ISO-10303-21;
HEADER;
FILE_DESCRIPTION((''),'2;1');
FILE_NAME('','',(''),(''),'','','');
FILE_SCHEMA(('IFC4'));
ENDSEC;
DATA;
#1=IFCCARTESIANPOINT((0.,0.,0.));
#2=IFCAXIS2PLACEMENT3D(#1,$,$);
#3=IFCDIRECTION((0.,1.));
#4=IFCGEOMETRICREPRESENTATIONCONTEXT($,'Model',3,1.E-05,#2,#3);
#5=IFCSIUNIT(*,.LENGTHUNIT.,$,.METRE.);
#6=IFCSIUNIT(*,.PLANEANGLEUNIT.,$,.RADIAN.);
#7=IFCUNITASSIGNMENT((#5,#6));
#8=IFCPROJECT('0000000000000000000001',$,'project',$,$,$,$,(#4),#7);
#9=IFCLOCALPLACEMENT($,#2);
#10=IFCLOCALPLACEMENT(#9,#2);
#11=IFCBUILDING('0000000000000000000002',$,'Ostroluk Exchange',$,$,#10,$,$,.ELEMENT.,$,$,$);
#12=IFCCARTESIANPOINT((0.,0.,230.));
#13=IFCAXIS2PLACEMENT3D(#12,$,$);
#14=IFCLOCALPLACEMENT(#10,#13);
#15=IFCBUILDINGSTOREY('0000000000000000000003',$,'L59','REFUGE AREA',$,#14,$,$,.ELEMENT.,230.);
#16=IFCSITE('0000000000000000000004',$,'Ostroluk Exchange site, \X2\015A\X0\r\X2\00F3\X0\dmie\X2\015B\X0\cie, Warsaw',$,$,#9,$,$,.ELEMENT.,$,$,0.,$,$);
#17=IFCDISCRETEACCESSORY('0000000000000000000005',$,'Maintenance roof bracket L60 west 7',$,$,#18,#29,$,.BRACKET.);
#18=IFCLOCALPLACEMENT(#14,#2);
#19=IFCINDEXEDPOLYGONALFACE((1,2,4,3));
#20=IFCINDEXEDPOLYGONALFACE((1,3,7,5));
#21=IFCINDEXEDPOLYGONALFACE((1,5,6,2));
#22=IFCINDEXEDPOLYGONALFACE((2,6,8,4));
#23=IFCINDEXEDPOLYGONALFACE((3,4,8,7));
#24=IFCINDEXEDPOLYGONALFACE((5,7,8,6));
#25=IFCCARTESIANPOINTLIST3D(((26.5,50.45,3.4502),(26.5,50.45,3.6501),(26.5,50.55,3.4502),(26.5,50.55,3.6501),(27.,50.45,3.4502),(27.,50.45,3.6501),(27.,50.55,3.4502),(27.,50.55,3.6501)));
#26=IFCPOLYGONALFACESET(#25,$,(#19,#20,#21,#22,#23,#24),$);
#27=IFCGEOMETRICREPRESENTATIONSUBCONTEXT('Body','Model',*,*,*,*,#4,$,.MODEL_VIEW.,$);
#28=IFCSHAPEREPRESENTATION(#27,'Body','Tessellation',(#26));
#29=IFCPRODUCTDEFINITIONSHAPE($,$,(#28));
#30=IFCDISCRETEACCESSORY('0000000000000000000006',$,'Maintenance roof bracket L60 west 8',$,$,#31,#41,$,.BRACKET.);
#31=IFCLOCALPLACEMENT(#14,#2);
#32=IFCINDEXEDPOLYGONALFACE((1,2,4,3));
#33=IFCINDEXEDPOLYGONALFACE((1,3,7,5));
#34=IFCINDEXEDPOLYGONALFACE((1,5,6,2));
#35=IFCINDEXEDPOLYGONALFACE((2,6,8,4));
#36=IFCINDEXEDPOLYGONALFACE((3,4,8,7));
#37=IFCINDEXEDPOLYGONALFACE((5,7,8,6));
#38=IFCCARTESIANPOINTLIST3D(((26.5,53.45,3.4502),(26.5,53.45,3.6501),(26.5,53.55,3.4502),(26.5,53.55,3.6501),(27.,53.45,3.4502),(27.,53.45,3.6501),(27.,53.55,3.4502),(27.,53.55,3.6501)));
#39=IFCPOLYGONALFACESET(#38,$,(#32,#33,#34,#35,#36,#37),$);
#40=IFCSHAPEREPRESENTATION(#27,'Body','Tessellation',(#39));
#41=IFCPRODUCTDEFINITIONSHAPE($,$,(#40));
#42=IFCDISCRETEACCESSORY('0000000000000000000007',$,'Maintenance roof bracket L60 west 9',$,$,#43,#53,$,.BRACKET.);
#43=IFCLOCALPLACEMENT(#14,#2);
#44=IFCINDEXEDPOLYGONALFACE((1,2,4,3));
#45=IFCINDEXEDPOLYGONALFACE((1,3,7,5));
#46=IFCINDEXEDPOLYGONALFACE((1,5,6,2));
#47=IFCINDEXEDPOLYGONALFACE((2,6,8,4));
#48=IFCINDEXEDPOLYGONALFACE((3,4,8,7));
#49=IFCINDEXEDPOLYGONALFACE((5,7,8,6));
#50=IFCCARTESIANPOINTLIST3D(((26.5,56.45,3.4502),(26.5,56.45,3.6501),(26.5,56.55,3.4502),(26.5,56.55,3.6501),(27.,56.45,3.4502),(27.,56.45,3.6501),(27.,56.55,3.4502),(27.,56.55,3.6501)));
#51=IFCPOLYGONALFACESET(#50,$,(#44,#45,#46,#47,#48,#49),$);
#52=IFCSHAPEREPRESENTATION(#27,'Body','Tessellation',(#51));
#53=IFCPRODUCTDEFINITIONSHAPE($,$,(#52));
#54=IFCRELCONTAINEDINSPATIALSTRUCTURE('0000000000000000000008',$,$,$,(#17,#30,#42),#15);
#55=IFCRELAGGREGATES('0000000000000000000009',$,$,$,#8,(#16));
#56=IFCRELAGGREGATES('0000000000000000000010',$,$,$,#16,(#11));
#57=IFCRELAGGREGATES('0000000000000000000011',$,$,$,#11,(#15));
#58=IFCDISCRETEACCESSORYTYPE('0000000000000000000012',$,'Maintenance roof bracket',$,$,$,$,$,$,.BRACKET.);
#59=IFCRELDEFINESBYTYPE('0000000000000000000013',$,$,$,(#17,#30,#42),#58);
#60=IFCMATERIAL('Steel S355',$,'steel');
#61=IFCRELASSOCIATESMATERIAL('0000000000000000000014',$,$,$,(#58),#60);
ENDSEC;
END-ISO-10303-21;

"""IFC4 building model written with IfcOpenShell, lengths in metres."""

from ifc_helpers import new_model, si_unit, direction, frame, origin, origin_2d, place, context, subcontext, project, spatial, rectangle, extrude, material, type_object, element, save


model = new_model("IFC4")

# Units and contexts
model_context = context("Model", 3, precision=1e-05, world=origin(), true_north=direction((0.0, 1.0)))
body_context = subcontext(model_context, "Body", "Model", "MODEL_VIEW")
ifc_project = project(units=[si_unit("LENGTHUNIT", "METRE"), si_unit("PLANEANGLEUNIT", "RADIAN")], contexts=[model_context])

# Site, building, storey
site_placement = place(None, origin())
site = spatial("IfcSite", under=ifc_project, at=site_placement, Name="Ostroluk Exchange site, Śródmieście, Warsaw", CompositionType="ELEMENT", RefElevation=0.0)
building_placement = place(site_placement, origin())
building = spatial("IfcBuilding", under=site, at=building_placement, Name="Ostroluk Exchange", CompositionType="ELEMENT")
storey_placement = place(building_placement, frame((0.0, 0.0, 230.0)))
storey = spatial("IfcBuildingStorey", under=building, at=storey_placement, Name="L59", Description="REFUGE AREA", CompositionType="ELEMENT", Elevation=230.0)

# Discrete accessories
ifc_material_1 = material(Name="Steel S355", Category="steel")
discrete_accessory_type = type_object("IfcDiscreteAccessoryType", Name="Maintenance roof bracket", PredefinedType="BRACKET", material=ifc_material_1)
for number, where, z_axis, x_axis, name in (
    (1, (26.75, 50.5, 3.4502), (0.0, 0.0, 1.0), (1.0, 0.0, 0.0), "Maintenance roof bracket L60 west 7"),
    (2, (26.75, 53.5, 3.4502), (0.0, 0.0, 1.0), (1.0, 0.0, 0.0), "Maintenance roof bracket L60 west 8"),
    (3, (26.75, 56.5, 3.4502), (0.0, 0.0, 1.0), (1.0, 0.0, 0.0), "Maintenance roof bracket L60 west 9"),
):
    element("IfcDiscreteAccessory", number, at=place(storey_placement, frame(where, z_axis=z_axis, x_axis=x_axis)), inside=storey, type_object=discrete_accessory_type, Name=name, PredefinedType="BRACKET", context=body_context, shape_type="SweptSolid", body=[
        extrude(rectangle(XDim=0.5, YDim=0.1001, at=origin_2d()), origin(), (0.0, 0.0, 1.0), 0.2),
    ])

save(model, "model.ifc")
